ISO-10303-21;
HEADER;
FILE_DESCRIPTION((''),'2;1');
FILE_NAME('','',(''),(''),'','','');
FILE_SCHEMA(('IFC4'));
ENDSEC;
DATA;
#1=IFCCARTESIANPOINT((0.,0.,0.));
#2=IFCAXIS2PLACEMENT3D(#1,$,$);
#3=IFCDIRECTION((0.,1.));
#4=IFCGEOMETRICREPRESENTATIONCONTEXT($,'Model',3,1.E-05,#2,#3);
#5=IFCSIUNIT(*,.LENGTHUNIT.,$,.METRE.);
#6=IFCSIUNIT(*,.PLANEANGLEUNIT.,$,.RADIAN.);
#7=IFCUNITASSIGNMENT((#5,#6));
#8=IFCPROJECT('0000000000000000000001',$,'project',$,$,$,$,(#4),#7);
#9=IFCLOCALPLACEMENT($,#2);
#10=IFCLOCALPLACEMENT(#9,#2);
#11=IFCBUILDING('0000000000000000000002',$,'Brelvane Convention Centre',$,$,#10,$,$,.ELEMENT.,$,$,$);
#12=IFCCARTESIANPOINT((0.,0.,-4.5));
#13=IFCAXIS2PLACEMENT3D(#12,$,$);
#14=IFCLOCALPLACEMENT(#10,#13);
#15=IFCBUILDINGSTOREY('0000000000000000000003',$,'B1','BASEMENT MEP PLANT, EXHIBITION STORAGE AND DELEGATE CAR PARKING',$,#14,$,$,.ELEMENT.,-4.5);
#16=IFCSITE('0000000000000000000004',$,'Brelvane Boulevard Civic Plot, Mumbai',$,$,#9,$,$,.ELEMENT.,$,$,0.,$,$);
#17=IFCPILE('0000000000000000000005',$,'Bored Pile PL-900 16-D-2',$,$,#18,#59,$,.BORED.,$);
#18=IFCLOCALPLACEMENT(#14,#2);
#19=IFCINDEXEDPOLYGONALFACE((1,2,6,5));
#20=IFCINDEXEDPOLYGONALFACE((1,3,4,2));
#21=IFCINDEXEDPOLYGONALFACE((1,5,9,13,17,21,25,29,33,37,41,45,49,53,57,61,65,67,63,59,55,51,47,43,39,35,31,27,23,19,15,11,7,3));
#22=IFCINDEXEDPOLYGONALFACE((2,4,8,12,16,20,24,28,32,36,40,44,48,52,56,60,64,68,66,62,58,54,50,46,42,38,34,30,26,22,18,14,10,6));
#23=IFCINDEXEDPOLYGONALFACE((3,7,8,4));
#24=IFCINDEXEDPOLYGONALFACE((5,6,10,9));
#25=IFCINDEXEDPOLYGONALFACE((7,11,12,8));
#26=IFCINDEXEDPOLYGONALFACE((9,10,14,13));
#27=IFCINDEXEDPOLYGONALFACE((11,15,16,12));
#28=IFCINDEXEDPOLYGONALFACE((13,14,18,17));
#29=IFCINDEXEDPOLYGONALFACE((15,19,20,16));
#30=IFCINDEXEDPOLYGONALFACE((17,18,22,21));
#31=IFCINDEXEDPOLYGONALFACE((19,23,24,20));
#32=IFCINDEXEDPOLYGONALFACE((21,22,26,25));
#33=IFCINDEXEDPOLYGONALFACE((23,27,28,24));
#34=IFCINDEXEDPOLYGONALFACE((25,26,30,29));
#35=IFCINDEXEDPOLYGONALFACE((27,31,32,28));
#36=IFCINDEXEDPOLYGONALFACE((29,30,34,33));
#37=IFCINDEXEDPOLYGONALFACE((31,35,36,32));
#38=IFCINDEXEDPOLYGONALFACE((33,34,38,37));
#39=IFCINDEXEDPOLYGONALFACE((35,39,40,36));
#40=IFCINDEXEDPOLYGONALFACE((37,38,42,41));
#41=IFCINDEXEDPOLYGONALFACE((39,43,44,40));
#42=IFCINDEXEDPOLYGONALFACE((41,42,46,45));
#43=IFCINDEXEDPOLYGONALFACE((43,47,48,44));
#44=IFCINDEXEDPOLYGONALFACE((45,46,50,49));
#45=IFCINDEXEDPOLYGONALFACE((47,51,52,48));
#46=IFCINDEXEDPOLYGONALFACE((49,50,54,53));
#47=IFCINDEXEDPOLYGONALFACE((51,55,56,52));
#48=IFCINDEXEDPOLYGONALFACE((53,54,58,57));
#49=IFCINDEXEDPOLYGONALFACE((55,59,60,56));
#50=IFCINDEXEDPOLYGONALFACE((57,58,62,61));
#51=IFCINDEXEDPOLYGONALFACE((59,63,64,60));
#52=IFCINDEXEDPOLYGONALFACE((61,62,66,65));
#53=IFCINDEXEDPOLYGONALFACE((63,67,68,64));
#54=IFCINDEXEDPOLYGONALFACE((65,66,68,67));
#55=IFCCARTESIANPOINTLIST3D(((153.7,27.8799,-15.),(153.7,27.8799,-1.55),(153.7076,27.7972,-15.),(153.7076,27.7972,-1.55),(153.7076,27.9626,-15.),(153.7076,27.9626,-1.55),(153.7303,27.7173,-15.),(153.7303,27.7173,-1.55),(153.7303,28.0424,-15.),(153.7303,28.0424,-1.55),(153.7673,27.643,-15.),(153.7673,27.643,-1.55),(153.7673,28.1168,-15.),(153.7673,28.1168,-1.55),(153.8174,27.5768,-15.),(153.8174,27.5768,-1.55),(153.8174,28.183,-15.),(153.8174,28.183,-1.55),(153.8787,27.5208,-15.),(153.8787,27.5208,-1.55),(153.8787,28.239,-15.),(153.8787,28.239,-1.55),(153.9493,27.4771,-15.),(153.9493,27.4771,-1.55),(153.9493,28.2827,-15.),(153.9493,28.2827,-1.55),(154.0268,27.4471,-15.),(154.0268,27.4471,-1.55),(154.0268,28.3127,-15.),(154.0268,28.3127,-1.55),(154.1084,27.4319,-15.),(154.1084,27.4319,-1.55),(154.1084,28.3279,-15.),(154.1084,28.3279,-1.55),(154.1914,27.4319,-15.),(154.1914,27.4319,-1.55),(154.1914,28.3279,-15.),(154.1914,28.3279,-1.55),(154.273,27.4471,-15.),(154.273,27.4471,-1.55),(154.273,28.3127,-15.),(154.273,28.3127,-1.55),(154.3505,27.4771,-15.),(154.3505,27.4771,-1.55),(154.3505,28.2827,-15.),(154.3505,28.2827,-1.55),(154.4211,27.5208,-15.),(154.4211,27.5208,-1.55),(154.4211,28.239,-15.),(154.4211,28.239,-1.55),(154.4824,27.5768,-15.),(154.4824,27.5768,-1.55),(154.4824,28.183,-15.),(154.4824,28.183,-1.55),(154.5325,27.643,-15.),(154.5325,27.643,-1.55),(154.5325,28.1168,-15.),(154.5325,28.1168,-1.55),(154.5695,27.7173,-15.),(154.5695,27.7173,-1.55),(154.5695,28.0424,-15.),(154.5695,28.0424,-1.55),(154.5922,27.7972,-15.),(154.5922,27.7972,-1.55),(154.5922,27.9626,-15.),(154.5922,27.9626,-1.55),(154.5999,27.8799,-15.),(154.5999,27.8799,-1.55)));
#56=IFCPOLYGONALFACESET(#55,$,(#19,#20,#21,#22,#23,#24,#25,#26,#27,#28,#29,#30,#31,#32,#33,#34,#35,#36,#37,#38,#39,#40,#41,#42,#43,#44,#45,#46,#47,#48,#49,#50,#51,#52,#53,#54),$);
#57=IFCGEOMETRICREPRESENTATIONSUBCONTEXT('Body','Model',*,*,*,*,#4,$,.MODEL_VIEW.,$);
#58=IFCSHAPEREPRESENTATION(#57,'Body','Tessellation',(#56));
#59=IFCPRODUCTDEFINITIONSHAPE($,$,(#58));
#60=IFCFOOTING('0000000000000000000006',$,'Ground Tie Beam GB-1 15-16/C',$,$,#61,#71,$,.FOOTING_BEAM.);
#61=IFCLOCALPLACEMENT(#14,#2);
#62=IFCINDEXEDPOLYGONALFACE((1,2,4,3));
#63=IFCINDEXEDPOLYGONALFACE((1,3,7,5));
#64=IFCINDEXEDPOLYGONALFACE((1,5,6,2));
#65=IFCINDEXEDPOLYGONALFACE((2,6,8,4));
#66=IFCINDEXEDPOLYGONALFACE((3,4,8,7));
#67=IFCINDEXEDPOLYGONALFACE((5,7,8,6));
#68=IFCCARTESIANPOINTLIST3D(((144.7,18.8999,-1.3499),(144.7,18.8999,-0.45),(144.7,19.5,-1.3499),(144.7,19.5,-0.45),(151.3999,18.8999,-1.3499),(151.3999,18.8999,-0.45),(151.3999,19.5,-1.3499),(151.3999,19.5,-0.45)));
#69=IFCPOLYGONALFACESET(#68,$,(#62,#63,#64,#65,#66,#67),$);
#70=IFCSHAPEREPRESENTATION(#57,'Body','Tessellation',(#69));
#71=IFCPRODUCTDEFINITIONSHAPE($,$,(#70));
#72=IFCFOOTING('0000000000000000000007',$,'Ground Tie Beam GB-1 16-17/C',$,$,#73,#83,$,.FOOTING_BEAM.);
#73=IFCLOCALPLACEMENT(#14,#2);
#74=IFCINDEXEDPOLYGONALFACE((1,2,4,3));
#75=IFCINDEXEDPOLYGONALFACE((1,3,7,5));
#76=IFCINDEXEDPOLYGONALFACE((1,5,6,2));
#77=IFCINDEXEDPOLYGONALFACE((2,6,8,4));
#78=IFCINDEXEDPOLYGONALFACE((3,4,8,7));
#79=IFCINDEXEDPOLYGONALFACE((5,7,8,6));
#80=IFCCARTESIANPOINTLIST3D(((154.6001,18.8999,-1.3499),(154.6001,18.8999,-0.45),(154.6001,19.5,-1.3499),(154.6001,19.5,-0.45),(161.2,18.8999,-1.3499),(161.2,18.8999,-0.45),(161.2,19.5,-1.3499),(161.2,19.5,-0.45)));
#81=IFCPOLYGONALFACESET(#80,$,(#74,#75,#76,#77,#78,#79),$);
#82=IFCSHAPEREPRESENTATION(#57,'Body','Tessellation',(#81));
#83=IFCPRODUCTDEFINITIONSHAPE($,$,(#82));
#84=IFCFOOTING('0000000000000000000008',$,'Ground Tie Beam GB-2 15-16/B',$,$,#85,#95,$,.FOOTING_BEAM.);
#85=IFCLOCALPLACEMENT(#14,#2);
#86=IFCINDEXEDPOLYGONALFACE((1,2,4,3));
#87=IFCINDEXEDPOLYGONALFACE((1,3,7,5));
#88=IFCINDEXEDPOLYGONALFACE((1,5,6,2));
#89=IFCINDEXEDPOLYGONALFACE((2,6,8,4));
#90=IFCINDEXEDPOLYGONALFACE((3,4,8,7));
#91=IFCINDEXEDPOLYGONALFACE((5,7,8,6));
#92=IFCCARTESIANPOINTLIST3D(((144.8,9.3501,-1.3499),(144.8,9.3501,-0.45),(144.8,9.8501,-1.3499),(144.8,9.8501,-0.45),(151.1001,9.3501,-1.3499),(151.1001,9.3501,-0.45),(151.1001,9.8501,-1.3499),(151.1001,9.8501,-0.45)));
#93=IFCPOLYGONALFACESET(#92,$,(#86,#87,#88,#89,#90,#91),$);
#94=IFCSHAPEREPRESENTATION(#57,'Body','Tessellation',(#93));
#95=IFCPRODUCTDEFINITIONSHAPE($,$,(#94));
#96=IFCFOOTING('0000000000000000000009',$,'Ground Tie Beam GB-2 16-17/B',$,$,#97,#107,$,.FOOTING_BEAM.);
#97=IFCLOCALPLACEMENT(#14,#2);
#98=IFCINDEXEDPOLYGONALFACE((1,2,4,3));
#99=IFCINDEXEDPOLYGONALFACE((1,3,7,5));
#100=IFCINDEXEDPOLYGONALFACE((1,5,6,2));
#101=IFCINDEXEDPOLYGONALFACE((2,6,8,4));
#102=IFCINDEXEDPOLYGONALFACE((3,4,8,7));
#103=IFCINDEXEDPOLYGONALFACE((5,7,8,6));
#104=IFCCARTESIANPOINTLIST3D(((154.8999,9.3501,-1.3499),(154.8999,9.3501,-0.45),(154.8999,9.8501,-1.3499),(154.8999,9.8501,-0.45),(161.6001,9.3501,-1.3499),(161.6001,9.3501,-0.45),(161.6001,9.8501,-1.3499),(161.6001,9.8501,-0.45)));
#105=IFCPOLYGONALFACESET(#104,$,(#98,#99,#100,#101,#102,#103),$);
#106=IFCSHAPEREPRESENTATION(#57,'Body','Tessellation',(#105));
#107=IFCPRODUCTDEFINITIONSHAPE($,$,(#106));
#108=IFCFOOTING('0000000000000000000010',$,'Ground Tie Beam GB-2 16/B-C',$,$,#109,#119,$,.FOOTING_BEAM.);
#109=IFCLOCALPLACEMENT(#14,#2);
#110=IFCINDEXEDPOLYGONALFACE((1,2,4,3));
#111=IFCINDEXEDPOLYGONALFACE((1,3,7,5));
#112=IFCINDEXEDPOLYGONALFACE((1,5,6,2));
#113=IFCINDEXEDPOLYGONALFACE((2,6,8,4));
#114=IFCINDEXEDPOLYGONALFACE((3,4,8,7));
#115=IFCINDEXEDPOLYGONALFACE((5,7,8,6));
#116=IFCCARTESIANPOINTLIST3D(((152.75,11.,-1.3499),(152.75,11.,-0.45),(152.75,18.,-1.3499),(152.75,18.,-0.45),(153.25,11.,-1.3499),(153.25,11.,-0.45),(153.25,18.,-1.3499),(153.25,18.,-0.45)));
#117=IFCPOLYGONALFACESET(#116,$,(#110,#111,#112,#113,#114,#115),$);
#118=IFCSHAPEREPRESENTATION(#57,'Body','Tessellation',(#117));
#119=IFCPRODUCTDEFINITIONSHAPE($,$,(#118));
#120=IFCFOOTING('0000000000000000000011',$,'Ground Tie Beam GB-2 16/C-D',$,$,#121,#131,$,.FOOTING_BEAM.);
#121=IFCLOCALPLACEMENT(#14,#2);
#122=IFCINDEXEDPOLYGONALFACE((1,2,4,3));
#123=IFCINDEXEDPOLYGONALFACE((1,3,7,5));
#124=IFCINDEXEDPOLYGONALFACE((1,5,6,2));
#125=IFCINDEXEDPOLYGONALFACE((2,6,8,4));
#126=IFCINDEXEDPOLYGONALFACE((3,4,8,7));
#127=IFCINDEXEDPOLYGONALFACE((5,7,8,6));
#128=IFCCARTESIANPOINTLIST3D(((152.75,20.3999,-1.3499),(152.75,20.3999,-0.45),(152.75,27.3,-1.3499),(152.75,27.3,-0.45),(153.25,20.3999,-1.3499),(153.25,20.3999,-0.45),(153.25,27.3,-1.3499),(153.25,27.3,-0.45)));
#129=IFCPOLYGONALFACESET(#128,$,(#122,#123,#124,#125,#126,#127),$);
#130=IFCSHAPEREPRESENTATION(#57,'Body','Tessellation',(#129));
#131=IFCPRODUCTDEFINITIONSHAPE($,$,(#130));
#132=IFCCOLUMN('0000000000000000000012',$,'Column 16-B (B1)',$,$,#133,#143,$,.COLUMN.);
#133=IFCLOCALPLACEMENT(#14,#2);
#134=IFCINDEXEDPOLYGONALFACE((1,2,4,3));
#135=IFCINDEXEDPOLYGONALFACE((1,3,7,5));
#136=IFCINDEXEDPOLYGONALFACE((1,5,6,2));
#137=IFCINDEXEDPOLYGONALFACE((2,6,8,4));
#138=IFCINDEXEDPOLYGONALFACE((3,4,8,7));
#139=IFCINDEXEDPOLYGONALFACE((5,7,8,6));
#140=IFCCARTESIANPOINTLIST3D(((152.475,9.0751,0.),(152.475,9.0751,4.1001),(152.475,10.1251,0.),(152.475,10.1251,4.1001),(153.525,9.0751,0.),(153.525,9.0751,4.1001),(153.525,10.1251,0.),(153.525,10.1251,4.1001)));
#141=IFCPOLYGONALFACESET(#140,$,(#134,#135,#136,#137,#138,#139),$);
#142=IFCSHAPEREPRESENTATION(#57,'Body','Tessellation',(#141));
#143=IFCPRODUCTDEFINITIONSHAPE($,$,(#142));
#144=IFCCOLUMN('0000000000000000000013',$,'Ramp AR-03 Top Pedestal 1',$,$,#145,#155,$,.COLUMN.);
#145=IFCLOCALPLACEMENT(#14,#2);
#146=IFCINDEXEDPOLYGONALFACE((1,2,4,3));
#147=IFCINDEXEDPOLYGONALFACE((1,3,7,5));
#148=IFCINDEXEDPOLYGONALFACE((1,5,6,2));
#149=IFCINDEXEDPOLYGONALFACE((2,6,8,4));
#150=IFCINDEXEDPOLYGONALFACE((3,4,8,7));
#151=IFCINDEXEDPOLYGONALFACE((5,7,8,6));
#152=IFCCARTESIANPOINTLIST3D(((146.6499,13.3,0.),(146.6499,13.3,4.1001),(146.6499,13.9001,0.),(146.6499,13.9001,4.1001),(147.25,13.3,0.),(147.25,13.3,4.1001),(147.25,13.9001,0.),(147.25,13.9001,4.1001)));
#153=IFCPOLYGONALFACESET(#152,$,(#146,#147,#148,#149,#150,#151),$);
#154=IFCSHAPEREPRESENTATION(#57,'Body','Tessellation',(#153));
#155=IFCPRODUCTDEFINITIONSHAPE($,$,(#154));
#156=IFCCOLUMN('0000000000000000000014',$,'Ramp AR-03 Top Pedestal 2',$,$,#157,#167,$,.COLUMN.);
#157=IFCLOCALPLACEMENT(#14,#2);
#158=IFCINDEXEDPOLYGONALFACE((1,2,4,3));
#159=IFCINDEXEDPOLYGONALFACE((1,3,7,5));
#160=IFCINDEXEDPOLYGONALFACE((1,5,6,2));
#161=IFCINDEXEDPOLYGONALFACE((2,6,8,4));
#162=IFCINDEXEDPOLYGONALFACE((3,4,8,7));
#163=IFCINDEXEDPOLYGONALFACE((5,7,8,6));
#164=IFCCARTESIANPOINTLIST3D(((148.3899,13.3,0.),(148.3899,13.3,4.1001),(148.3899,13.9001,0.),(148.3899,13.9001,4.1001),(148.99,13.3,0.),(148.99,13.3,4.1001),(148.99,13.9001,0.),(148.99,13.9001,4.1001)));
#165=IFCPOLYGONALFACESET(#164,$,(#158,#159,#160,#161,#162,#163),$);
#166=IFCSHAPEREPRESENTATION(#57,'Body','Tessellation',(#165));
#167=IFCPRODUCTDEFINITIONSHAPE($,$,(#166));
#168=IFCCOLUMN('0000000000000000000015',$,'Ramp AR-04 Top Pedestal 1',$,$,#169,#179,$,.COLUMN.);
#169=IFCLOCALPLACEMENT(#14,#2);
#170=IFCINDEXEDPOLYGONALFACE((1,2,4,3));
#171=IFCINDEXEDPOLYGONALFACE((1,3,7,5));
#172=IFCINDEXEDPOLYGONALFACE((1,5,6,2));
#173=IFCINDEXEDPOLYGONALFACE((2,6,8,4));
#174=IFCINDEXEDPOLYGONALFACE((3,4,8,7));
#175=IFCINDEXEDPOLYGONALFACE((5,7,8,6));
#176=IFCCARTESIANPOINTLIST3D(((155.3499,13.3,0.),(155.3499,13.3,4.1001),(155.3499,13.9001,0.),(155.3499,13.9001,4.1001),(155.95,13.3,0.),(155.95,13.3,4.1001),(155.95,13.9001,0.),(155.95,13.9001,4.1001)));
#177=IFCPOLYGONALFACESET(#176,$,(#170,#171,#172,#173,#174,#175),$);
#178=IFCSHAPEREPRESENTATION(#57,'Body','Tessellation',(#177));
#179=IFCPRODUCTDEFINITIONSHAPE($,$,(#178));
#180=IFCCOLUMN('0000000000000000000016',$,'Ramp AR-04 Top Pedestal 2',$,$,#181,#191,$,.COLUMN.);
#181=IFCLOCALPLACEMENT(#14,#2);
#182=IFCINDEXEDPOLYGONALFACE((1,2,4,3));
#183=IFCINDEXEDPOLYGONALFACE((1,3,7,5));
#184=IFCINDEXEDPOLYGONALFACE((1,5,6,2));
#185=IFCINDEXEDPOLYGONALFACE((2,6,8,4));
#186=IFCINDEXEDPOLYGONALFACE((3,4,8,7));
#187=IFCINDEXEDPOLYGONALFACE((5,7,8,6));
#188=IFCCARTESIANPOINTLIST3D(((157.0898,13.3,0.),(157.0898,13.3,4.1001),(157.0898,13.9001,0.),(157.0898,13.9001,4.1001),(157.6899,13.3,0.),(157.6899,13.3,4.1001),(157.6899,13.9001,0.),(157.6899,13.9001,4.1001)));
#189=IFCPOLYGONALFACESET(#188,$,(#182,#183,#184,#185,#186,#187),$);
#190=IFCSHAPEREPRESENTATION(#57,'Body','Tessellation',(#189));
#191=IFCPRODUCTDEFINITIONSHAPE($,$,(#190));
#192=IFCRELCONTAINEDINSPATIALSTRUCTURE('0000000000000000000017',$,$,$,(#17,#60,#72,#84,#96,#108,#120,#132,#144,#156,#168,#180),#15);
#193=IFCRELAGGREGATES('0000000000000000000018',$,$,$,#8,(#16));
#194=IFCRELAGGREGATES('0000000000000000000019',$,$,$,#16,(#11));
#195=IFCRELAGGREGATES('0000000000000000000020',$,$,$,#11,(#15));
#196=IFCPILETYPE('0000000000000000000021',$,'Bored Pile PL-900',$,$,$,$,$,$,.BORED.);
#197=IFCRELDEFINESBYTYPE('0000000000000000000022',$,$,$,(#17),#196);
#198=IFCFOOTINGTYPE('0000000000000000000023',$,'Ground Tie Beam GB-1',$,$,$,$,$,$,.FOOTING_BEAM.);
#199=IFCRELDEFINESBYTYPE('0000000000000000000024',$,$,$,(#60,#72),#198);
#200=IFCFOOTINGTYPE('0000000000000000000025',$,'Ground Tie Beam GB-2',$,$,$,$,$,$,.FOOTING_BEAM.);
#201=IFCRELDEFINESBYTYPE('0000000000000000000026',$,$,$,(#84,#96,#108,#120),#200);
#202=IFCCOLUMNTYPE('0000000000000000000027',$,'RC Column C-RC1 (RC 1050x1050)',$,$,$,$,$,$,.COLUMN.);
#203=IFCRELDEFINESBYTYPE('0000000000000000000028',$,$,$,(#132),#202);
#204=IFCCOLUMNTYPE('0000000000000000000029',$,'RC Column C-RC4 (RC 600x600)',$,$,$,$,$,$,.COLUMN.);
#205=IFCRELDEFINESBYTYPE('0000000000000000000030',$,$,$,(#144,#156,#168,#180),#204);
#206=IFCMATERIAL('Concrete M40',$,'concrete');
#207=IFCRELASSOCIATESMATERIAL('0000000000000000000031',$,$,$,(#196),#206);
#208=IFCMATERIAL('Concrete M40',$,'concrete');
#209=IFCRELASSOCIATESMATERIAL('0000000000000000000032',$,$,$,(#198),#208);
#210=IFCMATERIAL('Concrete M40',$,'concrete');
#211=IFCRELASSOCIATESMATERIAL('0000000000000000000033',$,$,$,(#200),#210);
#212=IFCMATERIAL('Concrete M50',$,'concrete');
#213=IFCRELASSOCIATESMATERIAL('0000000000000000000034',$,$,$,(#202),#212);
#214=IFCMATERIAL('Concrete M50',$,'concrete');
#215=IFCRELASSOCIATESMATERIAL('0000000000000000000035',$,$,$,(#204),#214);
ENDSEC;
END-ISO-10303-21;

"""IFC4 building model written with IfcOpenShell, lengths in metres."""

from ifc_helpers import new_model, si_unit, direction, frame, origin, origin_2d, place, context, subcontext, project, spatial, rectangle, circle, extrude, material, material_profile, profile_set, type_object, element, save


model = new_model("IFC4")

# Units and contexts
model_context = context("Model", 3, precision=1e-05, world=origin(), true_north=direction((0.0, 1.0)))
body_context = subcontext(model_context, "Body", "Model", "MODEL_VIEW")
ifc_project = project(units=[si_unit("LENGTHUNIT", "METRE"), si_unit("PLANEANGLEUNIT", "RADIAN")], contexts=[model_context])

# Site, building, storey
site_placement = place(None, origin())
site = spatial("IfcSite", under=ifc_project, at=site_placement, Name="Brelvane Boulevard Civic Plot, Mumbai", CompositionType="ELEMENT", RefElevation=0.0)
building_placement = place(site_placement, origin())
building = spatial("IfcBuilding", under=site, at=building_placement, Name="Brelvane Convention Centre", CompositionType="ELEMENT")
storey_placement = place(building_placement, frame((0.0, 0.0, -4.5)))
storey = spatial("IfcBuildingStorey", under=building, at=storey_placement, Name="B1", Description="BASEMENT MEP PLANT, EXHIBITION STORAGE AND DELEGATE CAR PARKING", CompositionType="ELEMENT", Elevation=-4.5)

# Pile
ifc_material_1 = material(Name="Concrete M40", Category="concrete")
ifc_material_profile_1 = material_profile(ifc_material_1, circle(Radius=0.45, at=origin_2d()), Name="PILE D900")
ifc_profile_set_1 = profile_set([ifc_material_profile_1], Name="Concrete M40")
pile_type_1 = type_object("IfcPileType", Name="Bored Pile PL-900", PredefinedType="BORED", material=ifc_profile_set_1)
for number, where, z_axis, x_axis, name in (
    (1, (154.1499, 27.8799, -1.55), (0.0, 0.0, -1.0), (1.0, 0.0, 0.0), "Bored Pile PL-900 16-D-2"),
):
    element("IfcPile", number, at=place(storey_placement, frame(where, z_axis=z_axis, x_axis=x_axis)), inside=storey, type_object=pile_type_1, Name=name, PredefinedType="BORED", context=body_context, shape_type="SweptSolid", body=[
        extrude(circle(Radius=0.45, at=origin_2d()), origin(), (0.0, 0.0, 1.0), 13.45),
    ])

# Footings
ifc_material_2 = material(Name="Concrete M40", Category="concrete")
ifc_material_profile_2 = material_profile(ifc_material_2, rectangle(XDim=0.6001, YDim=0.8999, at=origin_2d()), Name="RC 600x900")
ifc_profile_set_2 = profile_set([ifc_material_profile_2], Name="Concrete M40")
footing_type_1 = type_object("IfcFootingType", Name="Ground Tie Beam GB-1", PredefinedType="FOOTING_BEAM", material=ifc_profile_set_2)
footing_1_placement = place(storey_placement, frame((144.7, 19.2, -0.8999), z_axis=(1.0, 0.0, 0.0), x_axis=(0.0, 1.0, 0.0)))
element("IfcFooting", 2, at=footing_1_placement, inside=storey, type_object=footing_type_1, Name="Ground Tie Beam GB-1 15-16/C", PredefinedType="FOOTING_BEAM", context=body_context, shape_type="SweptSolid", body=[
    extrude(rectangle(XDim=0.6001, YDim=0.8999, at=origin_2d()), origin(), (0.0, 0.0, 1.0), 6.7),
])
footing_2_placement = place(storey_placement, frame((154.6001, 19.2, -0.8999), z_axis=(1.0, 0.0, 0.0), x_axis=(0.0, 1.0, 0.0)))
element("IfcFooting", 3, at=footing_2_placement, inside=storey, type_object=footing_type_1, Name="Ground Tie Beam GB-1 16-17/C", PredefinedType="FOOTING_BEAM", context=body_context, shape_type="SweptSolid", body=[
    extrude(rectangle(XDim=0.6001, YDim=0.8999, at=origin_2d()), origin(), (0.0, 0.0, 1.0), 6.5999),
])
ifc_material_3 = material(Name="Concrete M40", Category="concrete")
ifc_material_profile_3 = material_profile(ifc_material_3, rectangle(XDim=0.5, YDim=0.8999, at=origin_2d()), Name="RC 500x900")
ifc_profile_set_3 = profile_set([ifc_material_profile_3], Name="Concrete M40")
footing_type_2 = type_object("IfcFootingType", Name="Ground Tie Beam GB-2", PredefinedType="FOOTING_BEAM", material=ifc_profile_set_3)
footing_3_placement = place(storey_placement, frame((144.8, 9.6001, -0.8999), z_axis=(1.0, 0.0, 0.0), x_axis=(0.0, 1.0, 0.0)))
element("IfcFooting", 4, at=footing_3_placement, inside=storey, type_object=footing_type_2, Name="Ground Tie Beam GB-2 15-16/B", PredefinedType="FOOTING_BEAM", context=body_context, shape_type="SweptSolid", body=[
    extrude(rectangle(XDim=0.5, YDim=0.8999, at=origin_2d()), origin(), (0.0, 0.0, 1.0), 6.3),
])
footing_4_placement = place(storey_placement, frame((154.8999, 9.6001, -0.8999), z_axis=(1.0, 0.0, 0.0), x_axis=(0.0, 1.0, 0.0)))
element("IfcFooting", 5, at=footing_4_placement, inside=storey, type_object=footing_type_2, Name="Ground Tie Beam GB-2 16-17/B", PredefinedType="FOOTING_BEAM", context=body_context, shape_type="SweptSolid", body=[
    extrude(rectangle(XDim=0.5, YDim=0.8999, at=origin_2d()), origin(), (0.0, 0.0, 1.0), 6.7002),
])
footing_5_placement = place(storey_placement, frame((153.0, 11.0, -0.8999), z_axis=(0.0, 1.0, 0.0), x_axis=(-1.0, 0.0, 0.0)))
element("IfcFooting", 6, at=footing_5_placement, inside=storey, type_object=footing_type_2, Name="Ground Tie Beam GB-2 16/B-C", PredefinedType="FOOTING_BEAM", context=body_context, shape_type="SweptSolid", body=[
    extrude(rectangle(XDim=0.5, YDim=0.8999, at=origin_2d()), origin(), (0.0, 0.0, 1.0), 7.0),
])
footing_6_placement = place(storey_placement, frame((153.0, 20.3999, -0.8999), z_axis=(0.0, 1.0, 0.0), x_axis=(-1.0, 0.0, 0.0)))
element("IfcFooting", 7, at=footing_6_placement, inside=storey, type_object=footing_type_2, Name="Ground Tie Beam GB-2 16/C-D", PredefinedType="FOOTING_BEAM", context=body_context, shape_type="SweptSolid", body=[
    extrude(rectangle(XDim=0.5, YDim=0.8999, at=origin_2d()), origin(), (0.0, 0.0, 1.0), 6.9001),
])

# Columns
ifc_material_4 = material(Name="Concrete M50", Category="concrete")
ifc_material_profile_4 = material_profile(ifc_material_4, rectangle(XDim=1.05, YDim=1.05, at=origin_2d()), Name="RC 1050x1050")
ifc_profile_set_4 = profile_set([ifc_material_profile_4], Name="Concrete M50")
column_type_1 = type_object("IfcColumnType", Name="RC Column C-RC1 (RC 1050x1050)", PredefinedType="COLUMN", material=ifc_profile_set_4)
column_1_placement = place(storey_placement, frame((153.0, 9.6001, 0.0), z_axis=(0.0, 0.0, 1.0), x_axis=(1.0, 0.0, 0.0)))
element("IfcColumn", 8, at=column_1_placement, inside=storey, type_object=column_type_1, Name="Column 16-B (B1)", PredefinedType="COLUMN", context=body_context, shape_type="SweptSolid", body=[
    extrude(rectangle(XDim=1.05, YDim=1.05, at=origin_2d()), origin(), (0.0, 0.0, 1.0), 4.1001),
])
ifc_material_5 = material(Name="Concrete M50", Category="concrete")
ifc_material_profile_5 = material_profile(ifc_material_5, rectangle(XDim=0.6001, YDim=0.6001, at=origin_2d()), Name="RC 600x600")
ifc_profile_set_5 = profile_set([ifc_material_profile_5], Name="Concrete M50")
column_type_2 = type_object("IfcColumnType", Name="RC Column C-RC4 (RC 600x600)", PredefinedType="COLUMN", material=ifc_profile_set_5)
for number, where, z_axis, x_axis, name in (
    (9, (146.95, 13.6001, 0.0), (0.0, 0.0, 1.0), (1.0, 0.0, 0.0), "Ramp AR-03 Top Pedestal 1"),
    (10, (148.6899, 13.6001, 0.0), (0.0, 0.0, 1.0), (1.0, 0.0, 0.0), "Ramp AR-03 Top Pedestal 2"),
    (11, (155.6499, 13.6001, 0.0), (0.0, 0.0, 1.0), (1.0, 0.0, 0.0), "Ramp AR-04 Top Pedestal 1"),
    (12, (157.3899, 13.6001, 0.0), (0.0, 0.0, 1.0), (1.0, 0.0, 0.0), "Ramp AR-04 Top Pedestal 2"),
):
    element("IfcColumn", number, at=place(storey_placement, frame(where, z_axis=z_axis, x_axis=x_axis)), inside=storey, type_object=column_type_2, Name=name, PredefinedType="COLUMN", context=body_context, shape_type="SweptSolid", body=[
        extrude(rectangle(XDim=0.6001, YDim=0.6001, at=origin_2d()), origin(), (0.0, 0.0, 1.0), 4.1001),
    ])

save(model, "model.ifc")
